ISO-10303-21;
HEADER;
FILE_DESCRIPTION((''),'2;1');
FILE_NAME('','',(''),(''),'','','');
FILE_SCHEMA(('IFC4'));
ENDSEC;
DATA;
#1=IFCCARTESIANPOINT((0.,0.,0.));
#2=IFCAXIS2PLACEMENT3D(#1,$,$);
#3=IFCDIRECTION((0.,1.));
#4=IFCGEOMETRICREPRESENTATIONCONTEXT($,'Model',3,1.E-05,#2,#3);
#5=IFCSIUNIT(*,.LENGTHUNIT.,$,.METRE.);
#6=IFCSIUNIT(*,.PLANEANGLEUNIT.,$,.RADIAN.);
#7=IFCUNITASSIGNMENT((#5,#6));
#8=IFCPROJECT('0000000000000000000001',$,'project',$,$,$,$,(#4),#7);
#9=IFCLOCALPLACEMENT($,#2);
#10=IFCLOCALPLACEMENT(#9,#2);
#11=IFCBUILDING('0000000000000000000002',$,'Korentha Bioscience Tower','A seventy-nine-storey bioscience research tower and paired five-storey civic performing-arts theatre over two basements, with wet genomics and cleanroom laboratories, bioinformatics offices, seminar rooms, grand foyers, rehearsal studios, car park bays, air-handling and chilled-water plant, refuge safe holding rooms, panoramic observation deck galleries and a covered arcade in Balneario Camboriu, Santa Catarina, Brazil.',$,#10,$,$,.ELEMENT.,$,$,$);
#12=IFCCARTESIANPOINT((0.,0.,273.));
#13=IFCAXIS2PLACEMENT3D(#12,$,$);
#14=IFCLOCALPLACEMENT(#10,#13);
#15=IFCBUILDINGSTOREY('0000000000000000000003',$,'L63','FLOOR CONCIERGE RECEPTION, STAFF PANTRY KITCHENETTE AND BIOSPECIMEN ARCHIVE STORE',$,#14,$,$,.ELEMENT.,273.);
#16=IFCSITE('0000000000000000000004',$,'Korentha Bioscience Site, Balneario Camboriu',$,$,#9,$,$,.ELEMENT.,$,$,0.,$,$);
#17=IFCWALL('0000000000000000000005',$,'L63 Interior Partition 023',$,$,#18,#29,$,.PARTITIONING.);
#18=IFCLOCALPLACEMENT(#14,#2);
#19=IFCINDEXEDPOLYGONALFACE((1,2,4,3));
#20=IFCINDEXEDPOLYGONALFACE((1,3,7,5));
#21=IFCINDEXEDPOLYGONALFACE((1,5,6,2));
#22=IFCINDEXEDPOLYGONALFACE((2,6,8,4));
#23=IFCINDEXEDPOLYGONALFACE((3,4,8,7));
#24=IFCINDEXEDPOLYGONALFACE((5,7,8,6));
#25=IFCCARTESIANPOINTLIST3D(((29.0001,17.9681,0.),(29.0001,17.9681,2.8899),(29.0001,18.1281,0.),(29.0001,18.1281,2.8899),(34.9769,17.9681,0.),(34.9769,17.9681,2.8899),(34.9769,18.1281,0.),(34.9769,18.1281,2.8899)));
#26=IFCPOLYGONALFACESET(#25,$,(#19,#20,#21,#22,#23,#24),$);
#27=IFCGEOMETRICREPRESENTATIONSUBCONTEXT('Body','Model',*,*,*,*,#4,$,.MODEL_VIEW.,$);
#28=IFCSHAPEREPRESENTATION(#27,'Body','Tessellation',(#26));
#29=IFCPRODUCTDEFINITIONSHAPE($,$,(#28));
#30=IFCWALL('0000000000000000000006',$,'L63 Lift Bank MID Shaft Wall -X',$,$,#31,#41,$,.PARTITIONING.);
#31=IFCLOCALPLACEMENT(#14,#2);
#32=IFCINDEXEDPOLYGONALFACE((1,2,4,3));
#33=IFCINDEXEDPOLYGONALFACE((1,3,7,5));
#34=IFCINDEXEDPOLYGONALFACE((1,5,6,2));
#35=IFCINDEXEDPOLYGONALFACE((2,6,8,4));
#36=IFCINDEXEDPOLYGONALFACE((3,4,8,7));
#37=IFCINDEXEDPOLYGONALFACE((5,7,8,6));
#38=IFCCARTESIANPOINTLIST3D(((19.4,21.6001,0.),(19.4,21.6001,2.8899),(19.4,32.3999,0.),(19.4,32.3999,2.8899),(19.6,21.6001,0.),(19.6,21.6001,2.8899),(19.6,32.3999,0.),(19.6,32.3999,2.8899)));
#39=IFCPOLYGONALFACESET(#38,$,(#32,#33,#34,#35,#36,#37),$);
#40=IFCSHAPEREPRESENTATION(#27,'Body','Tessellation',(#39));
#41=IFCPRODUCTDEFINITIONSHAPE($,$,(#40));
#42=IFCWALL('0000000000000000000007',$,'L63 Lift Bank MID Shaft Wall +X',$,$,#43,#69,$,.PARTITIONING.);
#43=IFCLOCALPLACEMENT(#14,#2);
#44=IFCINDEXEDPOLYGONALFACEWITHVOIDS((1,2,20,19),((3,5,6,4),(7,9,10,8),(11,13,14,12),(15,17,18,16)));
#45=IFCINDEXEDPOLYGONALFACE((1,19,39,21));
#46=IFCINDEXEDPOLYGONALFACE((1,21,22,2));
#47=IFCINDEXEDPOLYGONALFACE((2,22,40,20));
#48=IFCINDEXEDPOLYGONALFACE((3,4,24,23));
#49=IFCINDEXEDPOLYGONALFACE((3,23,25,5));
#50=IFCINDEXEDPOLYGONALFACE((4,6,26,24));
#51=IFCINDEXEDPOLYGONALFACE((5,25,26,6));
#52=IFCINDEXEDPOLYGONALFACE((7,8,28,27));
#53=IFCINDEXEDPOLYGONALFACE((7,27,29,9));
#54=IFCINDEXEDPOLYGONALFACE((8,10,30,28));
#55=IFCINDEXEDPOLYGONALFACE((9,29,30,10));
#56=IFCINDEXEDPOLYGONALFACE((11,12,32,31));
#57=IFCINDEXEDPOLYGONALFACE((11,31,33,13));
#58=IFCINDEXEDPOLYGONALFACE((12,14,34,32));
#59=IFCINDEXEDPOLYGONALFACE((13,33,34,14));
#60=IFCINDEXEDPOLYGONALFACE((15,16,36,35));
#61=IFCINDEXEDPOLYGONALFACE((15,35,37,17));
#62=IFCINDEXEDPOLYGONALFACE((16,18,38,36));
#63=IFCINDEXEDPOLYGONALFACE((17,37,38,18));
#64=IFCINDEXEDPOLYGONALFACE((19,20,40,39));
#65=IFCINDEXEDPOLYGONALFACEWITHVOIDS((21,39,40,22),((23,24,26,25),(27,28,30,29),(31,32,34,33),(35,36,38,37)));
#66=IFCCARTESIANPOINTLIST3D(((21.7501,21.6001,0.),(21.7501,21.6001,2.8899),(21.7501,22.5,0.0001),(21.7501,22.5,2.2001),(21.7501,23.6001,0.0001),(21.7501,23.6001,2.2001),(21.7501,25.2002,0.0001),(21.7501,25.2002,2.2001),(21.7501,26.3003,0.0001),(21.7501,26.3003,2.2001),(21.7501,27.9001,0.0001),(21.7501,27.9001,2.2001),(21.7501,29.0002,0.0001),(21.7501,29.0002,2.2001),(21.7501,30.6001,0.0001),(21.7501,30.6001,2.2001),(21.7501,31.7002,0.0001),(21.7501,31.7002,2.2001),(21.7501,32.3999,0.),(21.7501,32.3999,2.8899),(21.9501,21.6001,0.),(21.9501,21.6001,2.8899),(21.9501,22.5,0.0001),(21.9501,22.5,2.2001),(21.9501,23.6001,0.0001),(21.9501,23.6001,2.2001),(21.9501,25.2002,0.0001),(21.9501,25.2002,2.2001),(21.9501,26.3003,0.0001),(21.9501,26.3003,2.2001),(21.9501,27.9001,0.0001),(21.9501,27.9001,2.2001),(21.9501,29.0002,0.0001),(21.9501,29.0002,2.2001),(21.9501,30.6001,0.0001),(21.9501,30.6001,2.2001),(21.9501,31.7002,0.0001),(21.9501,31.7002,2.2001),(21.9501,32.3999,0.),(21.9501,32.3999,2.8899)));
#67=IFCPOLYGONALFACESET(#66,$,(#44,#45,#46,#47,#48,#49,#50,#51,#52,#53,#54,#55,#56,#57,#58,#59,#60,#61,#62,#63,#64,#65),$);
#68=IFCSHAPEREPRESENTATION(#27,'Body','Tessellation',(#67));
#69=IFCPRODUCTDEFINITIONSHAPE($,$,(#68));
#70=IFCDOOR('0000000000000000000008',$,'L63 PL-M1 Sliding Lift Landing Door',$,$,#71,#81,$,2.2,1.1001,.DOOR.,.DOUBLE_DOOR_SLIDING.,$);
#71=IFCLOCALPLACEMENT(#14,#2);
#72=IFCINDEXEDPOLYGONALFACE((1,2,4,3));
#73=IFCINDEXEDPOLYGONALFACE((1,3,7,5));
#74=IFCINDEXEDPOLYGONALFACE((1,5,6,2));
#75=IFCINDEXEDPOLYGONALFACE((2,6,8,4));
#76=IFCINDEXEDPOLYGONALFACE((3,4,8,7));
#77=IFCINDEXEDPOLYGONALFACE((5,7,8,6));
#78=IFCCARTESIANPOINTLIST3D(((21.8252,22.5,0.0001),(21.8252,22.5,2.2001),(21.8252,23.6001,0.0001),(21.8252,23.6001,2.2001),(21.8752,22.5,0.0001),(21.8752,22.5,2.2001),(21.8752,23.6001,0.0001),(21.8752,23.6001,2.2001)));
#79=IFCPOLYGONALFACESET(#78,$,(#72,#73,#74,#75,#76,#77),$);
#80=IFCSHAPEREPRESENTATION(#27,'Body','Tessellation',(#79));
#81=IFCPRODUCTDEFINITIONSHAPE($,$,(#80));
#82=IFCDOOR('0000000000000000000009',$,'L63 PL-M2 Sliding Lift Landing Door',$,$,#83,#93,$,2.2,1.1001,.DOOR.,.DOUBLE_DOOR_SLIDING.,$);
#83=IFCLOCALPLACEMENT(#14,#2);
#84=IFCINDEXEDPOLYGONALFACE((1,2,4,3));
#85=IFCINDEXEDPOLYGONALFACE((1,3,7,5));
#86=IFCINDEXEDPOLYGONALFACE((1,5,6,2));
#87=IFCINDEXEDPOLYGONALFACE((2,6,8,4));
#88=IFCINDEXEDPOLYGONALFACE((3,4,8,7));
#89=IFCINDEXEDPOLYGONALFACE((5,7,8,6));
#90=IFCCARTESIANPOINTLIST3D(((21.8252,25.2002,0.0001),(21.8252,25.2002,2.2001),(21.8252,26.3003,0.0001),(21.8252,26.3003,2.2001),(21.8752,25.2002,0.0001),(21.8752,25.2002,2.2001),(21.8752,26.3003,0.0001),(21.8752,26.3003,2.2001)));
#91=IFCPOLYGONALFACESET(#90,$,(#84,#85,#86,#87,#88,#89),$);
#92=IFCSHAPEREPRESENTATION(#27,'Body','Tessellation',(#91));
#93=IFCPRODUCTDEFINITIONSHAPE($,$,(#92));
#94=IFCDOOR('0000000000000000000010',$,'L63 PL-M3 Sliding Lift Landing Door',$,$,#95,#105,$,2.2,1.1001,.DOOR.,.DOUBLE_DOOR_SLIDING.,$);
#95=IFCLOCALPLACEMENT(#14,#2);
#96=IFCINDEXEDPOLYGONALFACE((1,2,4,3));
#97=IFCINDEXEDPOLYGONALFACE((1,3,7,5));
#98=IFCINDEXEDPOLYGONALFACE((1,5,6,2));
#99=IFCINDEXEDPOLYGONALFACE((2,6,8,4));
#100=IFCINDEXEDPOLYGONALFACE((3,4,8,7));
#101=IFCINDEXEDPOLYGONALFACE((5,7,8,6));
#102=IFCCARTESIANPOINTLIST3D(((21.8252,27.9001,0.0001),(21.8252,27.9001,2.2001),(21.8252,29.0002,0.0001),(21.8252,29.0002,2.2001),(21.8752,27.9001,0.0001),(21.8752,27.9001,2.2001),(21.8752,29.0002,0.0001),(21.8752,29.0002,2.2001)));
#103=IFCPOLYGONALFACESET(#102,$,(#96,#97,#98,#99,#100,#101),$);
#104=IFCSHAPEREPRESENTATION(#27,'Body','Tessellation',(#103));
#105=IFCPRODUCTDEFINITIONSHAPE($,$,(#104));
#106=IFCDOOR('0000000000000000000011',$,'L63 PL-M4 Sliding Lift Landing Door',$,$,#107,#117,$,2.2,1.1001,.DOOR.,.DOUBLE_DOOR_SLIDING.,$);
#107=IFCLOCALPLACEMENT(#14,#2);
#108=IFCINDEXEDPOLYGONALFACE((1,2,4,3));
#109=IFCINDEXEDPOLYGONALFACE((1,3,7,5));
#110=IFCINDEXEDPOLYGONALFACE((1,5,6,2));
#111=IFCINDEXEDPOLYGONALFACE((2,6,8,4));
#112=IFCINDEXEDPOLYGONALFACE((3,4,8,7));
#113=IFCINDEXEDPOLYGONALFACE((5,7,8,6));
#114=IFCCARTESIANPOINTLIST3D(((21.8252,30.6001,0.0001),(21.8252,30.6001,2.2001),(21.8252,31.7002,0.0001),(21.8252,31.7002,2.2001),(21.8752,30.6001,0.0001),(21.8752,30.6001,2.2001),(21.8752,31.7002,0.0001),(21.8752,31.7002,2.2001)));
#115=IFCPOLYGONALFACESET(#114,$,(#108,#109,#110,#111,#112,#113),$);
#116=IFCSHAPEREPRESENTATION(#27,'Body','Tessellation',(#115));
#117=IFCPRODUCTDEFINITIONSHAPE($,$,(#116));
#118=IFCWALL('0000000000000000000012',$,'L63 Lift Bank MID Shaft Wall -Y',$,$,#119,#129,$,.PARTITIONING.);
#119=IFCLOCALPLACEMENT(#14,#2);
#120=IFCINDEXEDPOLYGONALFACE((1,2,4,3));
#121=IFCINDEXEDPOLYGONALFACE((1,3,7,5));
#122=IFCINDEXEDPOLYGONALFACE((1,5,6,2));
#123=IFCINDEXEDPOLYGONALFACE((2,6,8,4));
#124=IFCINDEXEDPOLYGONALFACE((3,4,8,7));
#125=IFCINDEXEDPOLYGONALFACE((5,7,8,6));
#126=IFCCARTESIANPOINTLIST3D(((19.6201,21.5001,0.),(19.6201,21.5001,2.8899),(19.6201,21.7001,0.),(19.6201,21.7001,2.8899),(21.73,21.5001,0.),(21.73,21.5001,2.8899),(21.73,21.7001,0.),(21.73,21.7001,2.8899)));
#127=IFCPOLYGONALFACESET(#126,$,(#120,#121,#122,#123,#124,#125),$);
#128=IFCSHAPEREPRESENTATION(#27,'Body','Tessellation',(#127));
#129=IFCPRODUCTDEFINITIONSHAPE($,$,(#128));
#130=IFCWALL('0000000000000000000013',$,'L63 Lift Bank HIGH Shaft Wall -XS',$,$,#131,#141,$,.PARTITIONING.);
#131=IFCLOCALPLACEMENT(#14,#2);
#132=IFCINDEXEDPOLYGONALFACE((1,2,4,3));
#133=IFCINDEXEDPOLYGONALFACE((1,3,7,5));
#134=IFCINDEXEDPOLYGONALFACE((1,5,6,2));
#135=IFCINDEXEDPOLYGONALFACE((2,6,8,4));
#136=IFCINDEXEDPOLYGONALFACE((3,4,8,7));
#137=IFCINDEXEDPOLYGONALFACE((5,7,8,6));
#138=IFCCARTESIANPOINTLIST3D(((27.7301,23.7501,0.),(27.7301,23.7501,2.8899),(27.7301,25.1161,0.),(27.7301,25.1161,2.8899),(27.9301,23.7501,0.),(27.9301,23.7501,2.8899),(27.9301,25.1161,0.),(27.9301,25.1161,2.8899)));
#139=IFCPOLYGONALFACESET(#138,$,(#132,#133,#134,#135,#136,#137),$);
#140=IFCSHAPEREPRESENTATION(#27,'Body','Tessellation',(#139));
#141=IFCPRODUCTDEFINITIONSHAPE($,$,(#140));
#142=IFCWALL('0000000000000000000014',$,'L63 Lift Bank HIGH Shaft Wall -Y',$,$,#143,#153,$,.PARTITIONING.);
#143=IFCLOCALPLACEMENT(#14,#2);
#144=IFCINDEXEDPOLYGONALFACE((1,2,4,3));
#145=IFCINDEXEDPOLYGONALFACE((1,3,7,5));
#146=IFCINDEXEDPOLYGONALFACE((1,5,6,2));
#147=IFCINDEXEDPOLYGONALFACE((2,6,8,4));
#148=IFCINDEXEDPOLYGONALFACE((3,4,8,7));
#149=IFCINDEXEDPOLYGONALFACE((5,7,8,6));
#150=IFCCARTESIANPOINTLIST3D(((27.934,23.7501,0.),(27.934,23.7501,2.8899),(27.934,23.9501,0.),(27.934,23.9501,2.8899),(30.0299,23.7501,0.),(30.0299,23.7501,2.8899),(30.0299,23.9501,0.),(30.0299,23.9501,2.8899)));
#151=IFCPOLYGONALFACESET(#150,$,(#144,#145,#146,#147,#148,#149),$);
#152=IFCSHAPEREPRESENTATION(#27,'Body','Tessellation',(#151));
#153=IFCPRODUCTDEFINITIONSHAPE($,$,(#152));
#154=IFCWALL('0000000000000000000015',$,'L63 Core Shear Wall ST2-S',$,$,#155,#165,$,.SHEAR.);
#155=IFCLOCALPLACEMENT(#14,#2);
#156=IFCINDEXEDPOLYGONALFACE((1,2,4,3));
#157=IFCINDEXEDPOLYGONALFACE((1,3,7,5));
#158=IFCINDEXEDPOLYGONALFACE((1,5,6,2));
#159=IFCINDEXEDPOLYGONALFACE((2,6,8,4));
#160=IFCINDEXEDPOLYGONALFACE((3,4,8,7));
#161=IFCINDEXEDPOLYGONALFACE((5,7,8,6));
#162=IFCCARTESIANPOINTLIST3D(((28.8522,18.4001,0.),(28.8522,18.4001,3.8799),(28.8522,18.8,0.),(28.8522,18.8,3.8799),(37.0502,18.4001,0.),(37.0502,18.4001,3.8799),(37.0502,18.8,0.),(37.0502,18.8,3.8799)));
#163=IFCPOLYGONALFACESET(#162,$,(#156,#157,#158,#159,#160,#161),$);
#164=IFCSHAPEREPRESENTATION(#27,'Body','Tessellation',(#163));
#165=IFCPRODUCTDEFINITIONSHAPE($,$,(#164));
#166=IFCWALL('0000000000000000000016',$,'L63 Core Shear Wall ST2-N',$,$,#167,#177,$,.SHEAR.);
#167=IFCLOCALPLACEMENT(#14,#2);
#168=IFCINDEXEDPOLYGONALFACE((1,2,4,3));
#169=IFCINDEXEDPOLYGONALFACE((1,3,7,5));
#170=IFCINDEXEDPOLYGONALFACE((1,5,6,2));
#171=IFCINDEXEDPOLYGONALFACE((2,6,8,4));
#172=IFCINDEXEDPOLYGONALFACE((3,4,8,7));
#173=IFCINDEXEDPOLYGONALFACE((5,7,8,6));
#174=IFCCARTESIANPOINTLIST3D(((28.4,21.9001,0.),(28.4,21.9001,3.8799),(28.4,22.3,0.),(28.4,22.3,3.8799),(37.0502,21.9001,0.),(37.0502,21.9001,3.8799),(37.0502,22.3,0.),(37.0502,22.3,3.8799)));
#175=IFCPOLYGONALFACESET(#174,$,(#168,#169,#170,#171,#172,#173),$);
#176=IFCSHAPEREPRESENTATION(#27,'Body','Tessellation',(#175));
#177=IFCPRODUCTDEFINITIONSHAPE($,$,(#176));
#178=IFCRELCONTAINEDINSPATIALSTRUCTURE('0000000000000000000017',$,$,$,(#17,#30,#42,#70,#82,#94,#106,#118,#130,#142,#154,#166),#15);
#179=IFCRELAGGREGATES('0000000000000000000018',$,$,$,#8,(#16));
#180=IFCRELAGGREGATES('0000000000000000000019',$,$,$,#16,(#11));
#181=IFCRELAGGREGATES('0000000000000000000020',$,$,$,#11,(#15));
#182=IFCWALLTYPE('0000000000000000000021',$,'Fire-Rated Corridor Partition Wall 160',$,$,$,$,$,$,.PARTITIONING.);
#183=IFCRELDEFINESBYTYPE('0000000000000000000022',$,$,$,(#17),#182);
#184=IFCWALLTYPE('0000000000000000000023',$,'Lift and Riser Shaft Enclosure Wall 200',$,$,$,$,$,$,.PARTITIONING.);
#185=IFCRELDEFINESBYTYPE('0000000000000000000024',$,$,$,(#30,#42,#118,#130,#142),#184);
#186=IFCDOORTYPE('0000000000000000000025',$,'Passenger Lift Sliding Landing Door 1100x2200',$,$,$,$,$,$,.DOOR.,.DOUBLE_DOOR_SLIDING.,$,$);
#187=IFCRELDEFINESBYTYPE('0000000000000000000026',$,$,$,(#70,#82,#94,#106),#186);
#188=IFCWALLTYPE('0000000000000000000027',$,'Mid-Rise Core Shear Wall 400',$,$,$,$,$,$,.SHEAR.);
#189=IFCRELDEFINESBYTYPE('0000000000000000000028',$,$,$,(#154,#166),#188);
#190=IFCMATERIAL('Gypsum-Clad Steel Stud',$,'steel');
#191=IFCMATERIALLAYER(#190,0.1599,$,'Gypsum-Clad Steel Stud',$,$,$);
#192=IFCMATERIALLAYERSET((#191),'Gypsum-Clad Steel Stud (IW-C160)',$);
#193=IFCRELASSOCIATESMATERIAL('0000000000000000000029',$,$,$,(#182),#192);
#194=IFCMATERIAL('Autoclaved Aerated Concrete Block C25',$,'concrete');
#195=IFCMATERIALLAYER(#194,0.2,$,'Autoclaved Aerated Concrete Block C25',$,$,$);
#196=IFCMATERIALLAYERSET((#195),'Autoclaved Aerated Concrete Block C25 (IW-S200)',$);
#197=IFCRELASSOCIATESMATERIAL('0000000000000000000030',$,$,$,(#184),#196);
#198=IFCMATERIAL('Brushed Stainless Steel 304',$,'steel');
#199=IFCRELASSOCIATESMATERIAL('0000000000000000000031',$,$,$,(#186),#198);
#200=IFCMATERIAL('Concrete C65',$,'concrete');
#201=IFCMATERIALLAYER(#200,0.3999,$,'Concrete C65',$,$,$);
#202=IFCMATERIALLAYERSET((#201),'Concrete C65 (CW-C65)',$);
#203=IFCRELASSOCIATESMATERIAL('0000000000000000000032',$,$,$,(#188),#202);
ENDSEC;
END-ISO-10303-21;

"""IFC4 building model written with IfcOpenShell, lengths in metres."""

from ifc_helpers import new_model, si_unit, direction, frame, frame_2d, origin, place, context, subcontext, project, spatial, rectangle, extrude, material, layer, layer_set, type_object, element, fill, save


model = new_model("IFC4")

# Units and contexts
model_context = context("Model", 3, precision=1e-05, world=origin(), true_north=direction((0.0, 1.0)))
body_context = subcontext(model_context, "Body", "Model", "MODEL_VIEW")
ifc_project = project(units=[si_unit("LENGTHUNIT", "METRE"), si_unit("PLANEANGLEUNIT", "RADIAN")], contexts=[model_context])

# Site, building, storey
site_placement = place(None, origin())
site = spatial("IfcSite", under=ifc_project, at=site_placement, Name="Korentha Bioscience Site, Balneario Camboriu", CompositionType="ELEMENT", RefElevation=0.0)
building_placement = place(site_placement, origin())
building = spatial("IfcBuilding", under=site, at=building_placement, Name="Korentha Bioscience Tower", Description="A seventy-nine-storey bioscience research tower and paired five-storey civic performing-arts theatre over two basements, with wet genomics and cleanroom laboratories, bioinformatics offices, seminar rooms, grand foyers, rehearsal studios, car park bays, air-handling and chilled-water plant, refuge safe holding rooms, panoramic observation deck galleries and a covered arcade in Balneario Camboriu, Santa Catarina, Brazil.", CompositionType="ELEMENT")
storey_placement = place(building_placement, frame((0.0, 0.0, 273.0)))
storey = spatial("IfcBuildingStorey", under=building, at=storey_placement, Name="L63", Description="FLOOR CONCIERGE RECEPTION, STAFF PANTRY KITCHENETTE AND BIOSPECIMEN ARCHIVE STORE", CompositionType="ELEMENT", Elevation=273.0)

# Shared definitions
ifc_material_1 = material(Name="Concrete C65", Category="concrete")

# Shared definitions
ifc_material_2 = material(Name="Gypsum-Clad Steel Stud", Category="steel")
ifc_layer_1 = layer(ifc_material_2, 0.1599, Name="Gypsum-Clad Steel Stud")
ifc_layer_set_1 = layer_set([ifc_layer_1], Name="Gypsum-Clad Steel Stud (IW-C160)")
wall_type_1 = type_object("IfcWallType", Name="Fire-Rated Corridor Partition Wall 160", PredefinedType="PARTITIONING", material=ifc_layer_set_1)

# Walls
wall_1_placement = place(storey_placement, frame((29.0002, 18.0481, 0.0), z_axis=(0.0, 0.0, 1.0), x_axis=(1.0, 0.0, 0.0)))
element("IfcWall", 1, at=wall_1_placement, inside=storey, type_object=wall_type_1, Name="L63 Interior Partition 023", PredefinedType="PARTITIONING", context=body_context, shape_type="SweptSolid", body=[
    extrude(rectangle(XDim=5.9768, YDim=0.1599, at=frame_2d((2.9883, 0.0))), origin(), (0.0, 0.0, 1.0), 2.8899),
])
ifc_material_3 = material(Name="Autoclaved Aerated Concrete Block C25", Category="concrete")
ifc_layer_2 = layer(ifc_material_3, 0.2, Name="Autoclaved Aerated Concrete Block C25")
ifc_layer_set_2 = layer_set([ifc_layer_2], Name="Autoclaved Aerated Concrete Block C25 (IW-S200)")
wall_type_2 = type_object("IfcWallType", Name="Lift and Riser Shaft Enclosure Wall 200", PredefinedType="PARTITIONING", material=ifc_layer_set_2)
wall_2_placement = place(storey_placement, frame((19.5, 21.6001, 0.0), z_axis=(0.0, 0.0, 1.0), x_axis=(0.0, 1.0, 0.0)))
element("IfcWall", 2, at=wall_2_placement, inside=storey, type_object=wall_type_2, Name="L63 Lift Bank MID Shaft Wall -X", PredefinedType="PARTITIONING", context=body_context, shape_type="SweptSolid", body=[
    extrude(rectangle(XDim=10.7998, YDim=0.2, at=frame_2d((5.3999, 0.0))), origin(), (0.0, 0.0, 1.0), 2.8899),
])

# Wall, openings, doors
wall_3_placement = place(storey_placement, frame((21.8501, 21.6001, 0.0), z_axis=(0.0, 0.0, 1.0), x_axis=(0.0, 1.0, 0.0)))
wall_3 = element("IfcWall", 3, at=wall_3_placement, inside=storey, type_object=wall_type_2, Name="L63 Lift Bank MID Shaft Wall +X", PredefinedType="PARTITIONING", context=body_context, shape_type="SweptSolid", body=[
    extrude(rectangle(XDim=10.7998, YDim=0.2, at=frame_2d((5.3999, 0.0))), origin(), (0.0, 0.0, 1.0), 2.8899),
])
opening_1_placement = place(wall_3_placement, frame((0.8999, 0.0, 0.0)))
opening_1 = element("IfcOpeningElement", 4, at=opening_1_placement, cuts=wall_3, PredefinedType="OPENING", context=body_context, shape_type="SweptSolid", body=[
    extrude(rectangle(XDim=1.1001, YDim=2.2, at=frame_2d((0.55, 1.1001))), frame((0.0, 0.1147, 0.0), z_axis=(0.0, -1.0, 0.0), x_axis=(1.0, 0.0, 0.0)), (0.0, 0.0, 1.0), 0.2297),
])
opening_2_placement = place(wall_3_placement, frame((3.6001, 0.0, 0.0)))
opening_2 = element("IfcOpeningElement", 5, at=opening_2_placement, cuts=wall_3, PredefinedType="OPENING", context=body_context, shape_type="SweptSolid", body=[
    extrude(rectangle(XDim=1.1001, YDim=2.2, at=frame_2d((0.55, 1.1001))), frame((0.0, 0.1147, 0.0), z_axis=(0.0, -1.0, 0.0), x_axis=(1.0, 0.0, 0.0)), (0.0, 0.0, 1.0), 0.2297),
])
opening_3_placement = place(wall_3_placement, frame((6.3, 0.0, 0.0)))
opening_3 = element("IfcOpeningElement", 6, at=opening_3_placement, cuts=wall_3, PredefinedType="OPENING", context=body_context, shape_type="SweptSolid", body=[
    extrude(rectangle(XDim=1.1001, YDim=2.2, at=frame_2d((0.55, 1.1001))), frame((0.0, 0.1147, 0.0), z_axis=(0.0, -1.0, 0.0), x_axis=(1.0, 0.0, 0.0)), (0.0, 0.0, 1.0), 0.2297),
])
opening_4_placement = place(wall_3_placement, frame((9.0, 0.0, 0.0)))
opening_4 = element("IfcOpeningElement", 7, at=opening_4_placement, cuts=wall_3, PredefinedType="OPENING", context=body_context, shape_type="SweptSolid", body=[
    extrude(rectangle(XDim=1.1001, YDim=2.2, at=frame_2d((0.55, 1.1001))), frame((0.0, 0.1147, 0.0), z_axis=(0.0, -1.0, 0.0), x_axis=(1.0, 0.0, 0.0)), (0.0, 0.0, 1.0), 0.2297),
])
ifc_material_4 = material(Name="Brushed Stainless Steel 304", Category="steel")
door_type_1 = type_object("IfcDoorType", Name="Passenger Lift Sliding Landing Door 1100x2200", OperationType="DOUBLE_DOOR_SLIDING", PredefinedType="DOOR", material=ifc_material_4)
door_1_placement = place(opening_1_placement, origin())
door_1 = element("IfcDoor", 8, at=door_1_placement, inside=storey, type_object=door_type_1, Name="L63 PL-M1 Sliding Lift Landing Door", OperationType="DOUBLE_DOOR_SLIDING", OverallHeight=2.2, OverallWidth=1.1001, PredefinedType="DOOR", context=body_context, shape_type="SweptSolid", body=[
    extrude(rectangle(XDim=1.1001, YDim=2.2, at=frame_2d((0.55, 1.1001))), frame((0.0, 0.0249, 0.0), z_axis=(0.0, -1.0, 0.0), x_axis=(1.0, 0.0, 0.0)), (0.0, 0.0, 1.0), 0.05),
])
fill(opening_1, door_1)
door_2_placement = place(opening_2_placement, origin())
door_2 = element("IfcDoor", 9, at=door_2_placement, inside=storey, type_object=door_type_1, Name="L63 PL-M2 Sliding Lift Landing Door", OperationType="DOUBLE_DOOR_SLIDING", OverallHeight=2.2, OverallWidth=1.1001, PredefinedType="DOOR", context=body_context, shape_type="SweptSolid", body=[
    extrude(rectangle(XDim=1.1001, YDim=2.2, at=frame_2d((0.55, 1.1001))), frame((0.0, 0.0249, 0.0), z_axis=(0.0, -1.0, 0.0), x_axis=(1.0, 0.0, 0.0)), (0.0, 0.0, 1.0), 0.05),
])
fill(opening_2, door_2)
door_3_placement = place(opening_3_placement, origin())
door_3 = element("IfcDoor", 10, at=door_3_placement, inside=storey, type_object=door_type_1, Name="L63 PL-M3 Sliding Lift Landing Door", OperationType="DOUBLE_DOOR_SLIDING", OverallHeight=2.2, OverallWidth=1.1001, PredefinedType="DOOR", context=body_context, shape_type="SweptSolid", body=[
    extrude(rectangle(XDim=1.1001, YDim=2.2, at=frame_2d((0.55, 1.1001))), frame((0.0, 0.0249, 0.0), z_axis=(0.0, -1.0, 0.0), x_axis=(1.0, 0.0, 0.0)), (0.0, 0.0, 1.0), 0.05),
])
fill(opening_3, door_3)
door_4_placement = place(opening_4_placement, origin())
door_4 = element("IfcDoor", 11, at=door_4_placement, inside=storey, type_object=door_type_1, Name="L63 PL-M4 Sliding Lift Landing Door", OperationType="DOUBLE_DOOR_SLIDING", OverallHeight=2.2, OverallWidth=1.1001, PredefinedType="DOOR", context=body_context, shape_type="SweptSolid", body=[
    extrude(rectangle(XDim=1.1001, YDim=2.2, at=frame_2d((0.55, 1.1001))), frame((0.0, 0.0249, 0.0), z_axis=(0.0, -1.0, 0.0), x_axis=(1.0, 0.0, 0.0)), (0.0, 0.0, 1.0), 0.05),
])
fill(opening_4, door_4)

# Walls
wall_4_placement = place(storey_placement, frame((19.6201, 21.6001, 0.0), z_axis=(0.0, 0.0, 1.0), x_axis=(1.0, 0.0, 0.0)))
element("IfcWall", 12, at=wall_4_placement, inside=storey, type_object=wall_type_2, Name="L63 Lift Bank MID Shaft Wall -Y", PredefinedType="PARTITIONING", context=body_context, shape_type="SweptSolid", body=[
    extrude(rectangle(XDim=2.1099, YDim=0.2, at=frame_2d((1.0549, 0.0))), origin(), (0.0, 0.0, 1.0), 2.8899),
])
wall_5_placement = place(storey_placement, frame((27.8301, 23.75, 0.0), z_axis=(0.0, 0.0, 1.0), x_axis=(0.0, 1.0, 0.0)))
element("IfcWall", 13, at=wall_5_placement, inside=storey, type_object=wall_type_2, Name="L63 Lift Bank HIGH Shaft Wall -XS", PredefinedType="PARTITIONING", context=body_context, shape_type="SweptSolid", body=[
    extrude(rectangle(XDim=1.366, YDim=0.2, at=frame_2d((0.6831, 0.0))), origin(), (0.0, 0.0, 1.0), 2.8899),
])
wall_6_placement = place(storey_placement, frame((27.9341, 23.8501, 0.0), z_axis=(0.0, 0.0, 1.0), x_axis=(1.0, 0.0, 0.0)))
element("IfcWall", 14, at=wall_6_placement, inside=storey, type_object=wall_type_2, Name="L63 Lift Bank HIGH Shaft Wall -Y", PredefinedType="PARTITIONING", context=body_context, shape_type="SweptSolid", body=[
    extrude(rectangle(XDim=2.0959, YDim=0.2, at=frame_2d((1.0479, 0.0))), origin(), (0.0, 0.0, 1.0), 2.8899),
])
ifc_layer_3 = layer(ifc_material_1, 0.3999, Name="Concrete C65")
ifc_layer_set_3 = layer_set([ifc_layer_3], Name="Concrete C65 (CW-C65)")
wall_type_3 = type_object("IfcWallType", Name="Mid-Rise Core Shear Wall 400", PredefinedType="SHEAR", material=ifc_layer_set_3)
wall_7_placement = place(storey_placement, frame((28.8521, 18.6001, 0.0), z_axis=(0.0, 0.0, 1.0), x_axis=(1.0, 0.0, 0.0)))
element("IfcWall", 15, at=wall_7_placement, inside=storey, type_object=wall_type_3, Name="L63 Core Shear Wall ST2-S", PredefinedType="SHEAR", context=body_context, shape_type="SweptSolid", body=[
    extrude(rectangle(XDim=8.198, YDim=0.3999, at=frame_2d((4.0991, 0.0))), origin(), (0.0, 0.0, 1.0), 3.8799),
])
wall_8_placement = place(storey_placement, frame((28.3999, 22.1001, 0.0), z_axis=(0.0, 0.0, 1.0), x_axis=(1.0, 0.0, 0.0)))
element("IfcWall", 16, at=wall_8_placement, inside=storey, type_object=wall_type_3, Name="L63 Core Shear Wall ST2-N", PredefinedType="SHEAR", context=body_context, shape_type="SweptSolid", body=[
    extrude(rectangle(XDim=8.6501, YDim=0.3999, at=frame_2d((4.3252, 0.0))), origin(), (0.0, 0.0, 1.0), 3.8799),
])

save(model, "model.ifc")
